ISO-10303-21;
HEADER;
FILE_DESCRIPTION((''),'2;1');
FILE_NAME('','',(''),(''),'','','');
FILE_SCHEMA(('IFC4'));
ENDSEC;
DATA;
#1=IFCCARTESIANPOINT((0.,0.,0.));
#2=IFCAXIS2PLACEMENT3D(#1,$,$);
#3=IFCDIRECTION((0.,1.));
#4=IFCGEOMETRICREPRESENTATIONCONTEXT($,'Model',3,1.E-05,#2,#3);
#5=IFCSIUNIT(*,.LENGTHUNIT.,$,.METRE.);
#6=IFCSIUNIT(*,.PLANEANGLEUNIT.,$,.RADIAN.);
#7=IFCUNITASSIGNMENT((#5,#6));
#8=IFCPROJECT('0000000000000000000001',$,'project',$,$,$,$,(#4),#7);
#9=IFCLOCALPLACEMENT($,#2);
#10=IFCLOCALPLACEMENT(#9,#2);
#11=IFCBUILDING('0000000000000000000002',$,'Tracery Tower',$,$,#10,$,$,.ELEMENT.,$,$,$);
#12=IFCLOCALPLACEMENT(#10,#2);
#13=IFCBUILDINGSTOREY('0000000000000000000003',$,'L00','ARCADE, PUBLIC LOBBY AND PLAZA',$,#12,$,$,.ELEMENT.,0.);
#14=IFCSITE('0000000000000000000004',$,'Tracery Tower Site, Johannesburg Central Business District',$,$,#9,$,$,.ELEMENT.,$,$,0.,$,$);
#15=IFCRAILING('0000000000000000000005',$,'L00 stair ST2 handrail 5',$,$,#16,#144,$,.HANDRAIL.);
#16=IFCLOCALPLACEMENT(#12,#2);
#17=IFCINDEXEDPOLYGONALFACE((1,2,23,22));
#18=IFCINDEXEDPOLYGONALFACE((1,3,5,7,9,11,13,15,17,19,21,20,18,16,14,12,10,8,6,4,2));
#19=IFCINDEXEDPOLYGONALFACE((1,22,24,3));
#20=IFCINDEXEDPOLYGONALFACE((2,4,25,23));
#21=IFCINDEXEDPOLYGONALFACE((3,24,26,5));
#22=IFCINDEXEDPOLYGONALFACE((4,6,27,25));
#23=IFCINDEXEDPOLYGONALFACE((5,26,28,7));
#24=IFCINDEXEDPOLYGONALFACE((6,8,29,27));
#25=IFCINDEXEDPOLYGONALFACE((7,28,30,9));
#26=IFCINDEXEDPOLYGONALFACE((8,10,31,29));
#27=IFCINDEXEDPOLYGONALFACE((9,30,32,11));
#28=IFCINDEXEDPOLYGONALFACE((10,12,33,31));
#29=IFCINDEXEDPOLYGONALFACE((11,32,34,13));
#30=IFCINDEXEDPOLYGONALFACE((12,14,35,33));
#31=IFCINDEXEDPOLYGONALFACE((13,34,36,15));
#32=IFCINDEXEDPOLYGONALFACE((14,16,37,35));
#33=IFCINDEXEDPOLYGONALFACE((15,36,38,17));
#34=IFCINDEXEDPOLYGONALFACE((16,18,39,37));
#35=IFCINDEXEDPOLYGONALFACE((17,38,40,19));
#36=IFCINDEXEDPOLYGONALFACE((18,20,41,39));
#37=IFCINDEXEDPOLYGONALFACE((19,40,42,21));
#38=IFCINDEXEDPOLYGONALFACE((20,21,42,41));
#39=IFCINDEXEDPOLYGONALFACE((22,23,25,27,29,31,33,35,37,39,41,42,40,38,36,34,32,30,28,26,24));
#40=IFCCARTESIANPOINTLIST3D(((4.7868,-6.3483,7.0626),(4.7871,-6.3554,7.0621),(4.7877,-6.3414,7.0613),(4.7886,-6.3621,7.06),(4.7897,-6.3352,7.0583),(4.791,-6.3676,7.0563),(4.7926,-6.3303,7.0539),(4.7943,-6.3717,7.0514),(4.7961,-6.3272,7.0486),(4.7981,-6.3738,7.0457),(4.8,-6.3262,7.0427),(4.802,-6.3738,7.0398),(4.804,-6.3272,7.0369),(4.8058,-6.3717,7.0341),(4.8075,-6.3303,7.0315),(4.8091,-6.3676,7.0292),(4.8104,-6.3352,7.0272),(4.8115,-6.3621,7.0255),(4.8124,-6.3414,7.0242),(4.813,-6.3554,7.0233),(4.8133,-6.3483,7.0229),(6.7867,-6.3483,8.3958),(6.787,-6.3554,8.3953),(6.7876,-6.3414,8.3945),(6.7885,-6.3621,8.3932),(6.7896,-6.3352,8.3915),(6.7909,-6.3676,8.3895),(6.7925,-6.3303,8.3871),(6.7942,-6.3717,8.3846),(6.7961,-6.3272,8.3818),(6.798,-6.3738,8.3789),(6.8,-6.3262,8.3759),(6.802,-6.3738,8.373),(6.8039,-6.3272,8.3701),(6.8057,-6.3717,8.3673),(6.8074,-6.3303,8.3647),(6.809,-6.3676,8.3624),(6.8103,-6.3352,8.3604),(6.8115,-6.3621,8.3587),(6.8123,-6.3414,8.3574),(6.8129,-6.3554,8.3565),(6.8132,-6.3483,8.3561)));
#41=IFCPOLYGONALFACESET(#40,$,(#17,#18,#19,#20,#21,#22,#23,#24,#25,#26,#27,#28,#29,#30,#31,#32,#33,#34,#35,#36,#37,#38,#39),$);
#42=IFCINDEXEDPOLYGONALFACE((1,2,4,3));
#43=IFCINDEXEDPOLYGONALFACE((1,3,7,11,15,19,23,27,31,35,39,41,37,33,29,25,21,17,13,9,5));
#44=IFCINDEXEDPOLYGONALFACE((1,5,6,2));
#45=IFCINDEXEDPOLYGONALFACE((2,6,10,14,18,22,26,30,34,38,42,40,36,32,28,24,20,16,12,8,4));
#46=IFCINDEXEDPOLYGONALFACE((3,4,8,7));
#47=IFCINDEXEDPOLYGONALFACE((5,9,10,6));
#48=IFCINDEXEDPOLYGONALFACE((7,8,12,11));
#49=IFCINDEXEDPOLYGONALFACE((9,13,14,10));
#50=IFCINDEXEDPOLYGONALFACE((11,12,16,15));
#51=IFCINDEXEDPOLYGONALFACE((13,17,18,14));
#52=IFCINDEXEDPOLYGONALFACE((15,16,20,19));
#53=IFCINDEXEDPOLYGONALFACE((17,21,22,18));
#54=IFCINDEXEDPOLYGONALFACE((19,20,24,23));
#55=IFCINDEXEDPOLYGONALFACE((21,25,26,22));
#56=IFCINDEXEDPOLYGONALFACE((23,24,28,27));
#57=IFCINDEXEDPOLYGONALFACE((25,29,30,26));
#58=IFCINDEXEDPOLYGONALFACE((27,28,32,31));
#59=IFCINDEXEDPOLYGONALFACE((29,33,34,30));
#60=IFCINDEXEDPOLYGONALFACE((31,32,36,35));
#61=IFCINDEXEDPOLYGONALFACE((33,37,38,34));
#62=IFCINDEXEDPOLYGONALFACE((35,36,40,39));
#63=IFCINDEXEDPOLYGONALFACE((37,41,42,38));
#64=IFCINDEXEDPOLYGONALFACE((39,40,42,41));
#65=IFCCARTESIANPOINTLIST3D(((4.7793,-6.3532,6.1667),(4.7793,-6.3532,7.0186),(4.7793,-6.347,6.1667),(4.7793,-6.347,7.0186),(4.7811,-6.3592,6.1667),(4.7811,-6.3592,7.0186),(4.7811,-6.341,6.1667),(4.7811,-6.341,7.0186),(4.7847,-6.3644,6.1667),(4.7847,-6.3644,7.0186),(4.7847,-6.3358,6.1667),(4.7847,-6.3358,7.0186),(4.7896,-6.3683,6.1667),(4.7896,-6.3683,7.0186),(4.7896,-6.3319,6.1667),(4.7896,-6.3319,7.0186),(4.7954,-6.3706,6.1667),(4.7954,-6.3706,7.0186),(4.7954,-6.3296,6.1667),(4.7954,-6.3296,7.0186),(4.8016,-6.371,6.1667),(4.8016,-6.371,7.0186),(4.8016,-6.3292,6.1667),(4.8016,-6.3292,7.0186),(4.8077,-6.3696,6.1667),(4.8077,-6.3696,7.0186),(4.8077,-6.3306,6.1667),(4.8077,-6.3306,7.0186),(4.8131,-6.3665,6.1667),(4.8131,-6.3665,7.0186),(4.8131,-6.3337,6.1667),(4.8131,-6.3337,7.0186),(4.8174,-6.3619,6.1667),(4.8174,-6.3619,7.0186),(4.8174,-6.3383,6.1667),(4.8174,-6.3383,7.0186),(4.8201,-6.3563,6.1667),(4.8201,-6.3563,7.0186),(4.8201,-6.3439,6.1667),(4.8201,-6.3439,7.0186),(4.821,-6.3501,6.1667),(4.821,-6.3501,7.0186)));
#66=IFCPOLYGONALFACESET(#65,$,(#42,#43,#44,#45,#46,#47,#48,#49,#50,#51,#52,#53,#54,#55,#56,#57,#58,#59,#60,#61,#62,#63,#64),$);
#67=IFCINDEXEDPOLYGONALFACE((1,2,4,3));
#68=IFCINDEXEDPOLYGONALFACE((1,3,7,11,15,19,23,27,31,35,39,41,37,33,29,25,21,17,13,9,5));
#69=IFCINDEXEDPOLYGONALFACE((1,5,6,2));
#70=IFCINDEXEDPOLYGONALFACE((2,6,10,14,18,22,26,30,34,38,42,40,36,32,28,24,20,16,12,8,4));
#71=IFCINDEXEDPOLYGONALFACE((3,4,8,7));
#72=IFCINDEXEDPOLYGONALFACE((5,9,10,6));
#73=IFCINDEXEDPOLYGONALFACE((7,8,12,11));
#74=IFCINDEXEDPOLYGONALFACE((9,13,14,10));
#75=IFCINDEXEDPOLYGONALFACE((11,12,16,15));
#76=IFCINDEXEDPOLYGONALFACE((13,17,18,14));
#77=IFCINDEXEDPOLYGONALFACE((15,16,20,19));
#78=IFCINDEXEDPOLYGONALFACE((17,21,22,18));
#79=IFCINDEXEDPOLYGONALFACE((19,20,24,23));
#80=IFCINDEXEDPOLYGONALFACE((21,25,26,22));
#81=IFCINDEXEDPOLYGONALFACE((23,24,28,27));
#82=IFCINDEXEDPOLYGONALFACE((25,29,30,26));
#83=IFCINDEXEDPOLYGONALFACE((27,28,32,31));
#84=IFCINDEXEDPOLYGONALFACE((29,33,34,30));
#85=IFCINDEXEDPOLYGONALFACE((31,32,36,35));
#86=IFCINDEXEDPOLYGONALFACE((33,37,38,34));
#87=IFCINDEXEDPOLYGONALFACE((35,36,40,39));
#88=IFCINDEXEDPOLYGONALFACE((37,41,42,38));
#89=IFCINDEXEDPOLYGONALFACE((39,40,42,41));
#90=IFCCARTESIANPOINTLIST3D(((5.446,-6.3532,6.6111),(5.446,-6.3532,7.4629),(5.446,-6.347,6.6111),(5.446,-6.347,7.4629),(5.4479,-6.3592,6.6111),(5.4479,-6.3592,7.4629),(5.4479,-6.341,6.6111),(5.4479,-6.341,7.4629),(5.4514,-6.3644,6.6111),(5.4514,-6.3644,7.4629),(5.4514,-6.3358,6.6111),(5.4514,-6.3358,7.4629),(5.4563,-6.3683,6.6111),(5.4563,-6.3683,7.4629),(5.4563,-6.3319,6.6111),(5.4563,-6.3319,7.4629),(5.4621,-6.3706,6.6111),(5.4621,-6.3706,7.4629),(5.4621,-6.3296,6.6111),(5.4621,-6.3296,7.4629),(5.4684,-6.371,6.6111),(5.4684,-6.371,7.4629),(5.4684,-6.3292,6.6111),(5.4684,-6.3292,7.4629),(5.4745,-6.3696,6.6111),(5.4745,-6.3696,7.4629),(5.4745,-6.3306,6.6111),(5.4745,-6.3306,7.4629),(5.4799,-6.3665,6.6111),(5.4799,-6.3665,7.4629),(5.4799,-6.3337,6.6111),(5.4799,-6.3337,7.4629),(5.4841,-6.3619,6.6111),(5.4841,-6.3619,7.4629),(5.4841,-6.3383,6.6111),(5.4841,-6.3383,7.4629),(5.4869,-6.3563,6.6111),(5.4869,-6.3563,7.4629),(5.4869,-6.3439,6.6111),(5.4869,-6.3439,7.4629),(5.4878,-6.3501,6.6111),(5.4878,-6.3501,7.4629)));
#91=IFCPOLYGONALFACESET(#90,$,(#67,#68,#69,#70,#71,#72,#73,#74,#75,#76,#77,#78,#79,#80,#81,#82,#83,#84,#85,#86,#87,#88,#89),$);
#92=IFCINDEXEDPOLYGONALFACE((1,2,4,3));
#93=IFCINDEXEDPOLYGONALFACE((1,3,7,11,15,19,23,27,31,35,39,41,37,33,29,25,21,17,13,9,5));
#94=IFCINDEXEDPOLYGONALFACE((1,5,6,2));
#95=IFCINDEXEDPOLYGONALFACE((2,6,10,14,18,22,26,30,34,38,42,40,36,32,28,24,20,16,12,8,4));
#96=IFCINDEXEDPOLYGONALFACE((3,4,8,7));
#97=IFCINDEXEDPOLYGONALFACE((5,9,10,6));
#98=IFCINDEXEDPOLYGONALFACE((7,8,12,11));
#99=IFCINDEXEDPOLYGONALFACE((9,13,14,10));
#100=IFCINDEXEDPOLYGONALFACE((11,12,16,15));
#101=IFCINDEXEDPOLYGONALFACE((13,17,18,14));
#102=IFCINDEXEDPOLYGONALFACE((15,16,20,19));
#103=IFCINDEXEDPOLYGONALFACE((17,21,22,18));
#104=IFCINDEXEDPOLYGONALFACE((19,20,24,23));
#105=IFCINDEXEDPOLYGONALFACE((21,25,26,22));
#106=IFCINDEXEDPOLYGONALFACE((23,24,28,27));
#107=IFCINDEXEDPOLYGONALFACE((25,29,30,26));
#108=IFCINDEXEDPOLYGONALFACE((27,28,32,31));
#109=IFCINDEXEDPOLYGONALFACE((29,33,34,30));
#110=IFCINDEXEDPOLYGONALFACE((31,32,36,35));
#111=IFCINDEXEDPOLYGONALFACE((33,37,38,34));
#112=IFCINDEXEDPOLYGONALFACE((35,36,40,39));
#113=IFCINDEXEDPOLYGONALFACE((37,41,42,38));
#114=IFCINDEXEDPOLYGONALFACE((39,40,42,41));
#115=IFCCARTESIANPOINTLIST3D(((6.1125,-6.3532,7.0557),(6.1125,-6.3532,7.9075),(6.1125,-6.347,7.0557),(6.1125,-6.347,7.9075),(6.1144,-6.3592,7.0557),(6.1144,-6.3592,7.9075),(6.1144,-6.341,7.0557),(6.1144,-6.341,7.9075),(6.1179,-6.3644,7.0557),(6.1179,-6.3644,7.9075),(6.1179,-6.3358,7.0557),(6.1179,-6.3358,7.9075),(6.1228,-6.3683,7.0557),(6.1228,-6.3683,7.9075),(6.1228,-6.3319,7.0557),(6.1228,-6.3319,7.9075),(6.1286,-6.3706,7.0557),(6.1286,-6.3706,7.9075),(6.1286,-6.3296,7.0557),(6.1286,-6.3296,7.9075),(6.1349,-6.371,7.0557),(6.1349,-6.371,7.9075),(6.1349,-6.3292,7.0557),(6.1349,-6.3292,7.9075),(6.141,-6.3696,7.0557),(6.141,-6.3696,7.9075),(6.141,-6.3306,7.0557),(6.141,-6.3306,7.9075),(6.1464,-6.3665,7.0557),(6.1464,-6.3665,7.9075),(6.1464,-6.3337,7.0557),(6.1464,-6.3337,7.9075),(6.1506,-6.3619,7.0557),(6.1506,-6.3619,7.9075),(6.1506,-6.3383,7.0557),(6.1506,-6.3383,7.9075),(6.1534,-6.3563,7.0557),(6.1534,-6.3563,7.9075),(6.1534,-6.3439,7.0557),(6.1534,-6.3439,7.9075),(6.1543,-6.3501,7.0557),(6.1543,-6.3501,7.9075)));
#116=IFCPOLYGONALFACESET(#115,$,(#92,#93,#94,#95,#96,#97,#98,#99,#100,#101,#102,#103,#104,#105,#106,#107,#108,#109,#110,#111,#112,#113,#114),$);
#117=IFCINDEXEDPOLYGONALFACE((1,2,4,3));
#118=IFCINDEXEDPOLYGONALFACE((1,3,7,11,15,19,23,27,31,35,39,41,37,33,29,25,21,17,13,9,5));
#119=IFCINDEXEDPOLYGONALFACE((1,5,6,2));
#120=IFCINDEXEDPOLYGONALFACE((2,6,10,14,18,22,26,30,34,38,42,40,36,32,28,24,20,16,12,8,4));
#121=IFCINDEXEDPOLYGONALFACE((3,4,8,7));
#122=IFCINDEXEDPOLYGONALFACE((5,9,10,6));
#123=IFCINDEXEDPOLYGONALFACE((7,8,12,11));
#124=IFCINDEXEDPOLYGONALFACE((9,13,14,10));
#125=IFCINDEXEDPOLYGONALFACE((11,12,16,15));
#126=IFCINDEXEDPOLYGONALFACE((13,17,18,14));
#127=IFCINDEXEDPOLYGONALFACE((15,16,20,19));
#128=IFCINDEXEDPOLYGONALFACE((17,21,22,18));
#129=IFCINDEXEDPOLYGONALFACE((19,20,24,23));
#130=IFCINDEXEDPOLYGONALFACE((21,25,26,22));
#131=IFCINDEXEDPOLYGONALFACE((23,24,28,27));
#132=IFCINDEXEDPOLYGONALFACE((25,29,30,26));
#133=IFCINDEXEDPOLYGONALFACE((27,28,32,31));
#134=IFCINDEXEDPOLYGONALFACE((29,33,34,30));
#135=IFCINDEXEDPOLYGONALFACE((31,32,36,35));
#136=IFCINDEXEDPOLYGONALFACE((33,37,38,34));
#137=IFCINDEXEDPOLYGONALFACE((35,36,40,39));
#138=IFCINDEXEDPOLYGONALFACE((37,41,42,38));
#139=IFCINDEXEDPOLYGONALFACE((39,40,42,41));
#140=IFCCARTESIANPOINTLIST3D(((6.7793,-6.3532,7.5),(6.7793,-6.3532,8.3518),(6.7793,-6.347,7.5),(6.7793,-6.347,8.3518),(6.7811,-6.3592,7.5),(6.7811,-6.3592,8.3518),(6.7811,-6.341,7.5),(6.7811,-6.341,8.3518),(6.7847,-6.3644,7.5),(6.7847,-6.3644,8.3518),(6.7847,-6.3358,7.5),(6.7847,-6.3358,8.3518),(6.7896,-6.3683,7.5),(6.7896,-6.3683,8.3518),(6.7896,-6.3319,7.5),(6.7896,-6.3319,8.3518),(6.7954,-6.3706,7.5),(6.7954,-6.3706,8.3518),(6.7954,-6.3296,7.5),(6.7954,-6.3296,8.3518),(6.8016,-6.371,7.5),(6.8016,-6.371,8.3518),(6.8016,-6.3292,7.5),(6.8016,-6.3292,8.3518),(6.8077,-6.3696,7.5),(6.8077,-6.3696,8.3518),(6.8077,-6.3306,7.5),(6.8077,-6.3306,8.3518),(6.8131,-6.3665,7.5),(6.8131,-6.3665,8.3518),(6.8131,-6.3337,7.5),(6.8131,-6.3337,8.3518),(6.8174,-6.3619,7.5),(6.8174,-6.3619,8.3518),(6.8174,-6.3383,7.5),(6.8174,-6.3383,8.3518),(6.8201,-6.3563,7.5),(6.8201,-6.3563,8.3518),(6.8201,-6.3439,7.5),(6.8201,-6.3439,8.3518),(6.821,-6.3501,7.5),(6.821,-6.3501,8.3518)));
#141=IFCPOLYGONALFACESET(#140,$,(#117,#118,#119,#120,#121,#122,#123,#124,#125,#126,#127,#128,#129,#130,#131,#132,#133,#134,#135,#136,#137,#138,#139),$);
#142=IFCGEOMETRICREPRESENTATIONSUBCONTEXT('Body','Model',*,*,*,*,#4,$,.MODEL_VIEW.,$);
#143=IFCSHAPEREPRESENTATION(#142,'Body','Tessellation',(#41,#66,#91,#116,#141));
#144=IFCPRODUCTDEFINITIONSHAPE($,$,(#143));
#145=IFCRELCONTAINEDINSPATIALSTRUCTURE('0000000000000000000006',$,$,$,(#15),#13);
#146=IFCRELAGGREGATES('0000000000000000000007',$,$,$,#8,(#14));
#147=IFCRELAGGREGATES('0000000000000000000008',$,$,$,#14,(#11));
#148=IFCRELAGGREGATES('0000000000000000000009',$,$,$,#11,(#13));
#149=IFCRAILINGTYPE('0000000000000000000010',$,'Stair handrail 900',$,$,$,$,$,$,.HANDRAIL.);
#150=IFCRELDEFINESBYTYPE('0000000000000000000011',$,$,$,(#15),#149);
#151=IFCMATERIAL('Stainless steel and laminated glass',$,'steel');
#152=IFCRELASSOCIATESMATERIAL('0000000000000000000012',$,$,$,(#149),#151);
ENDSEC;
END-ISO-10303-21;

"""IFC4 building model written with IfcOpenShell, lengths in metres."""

from ifc_helpers import new_model, si_unit, direction, frame, origin, origin_2d, place, context, subcontext, project, spatial, circle, extrude, material, type_object, element, save


model = new_model("IFC4")

# Units and contexts
model_context = context("Model", 3, precision=1e-05, world=origin(), true_north=direction((0.0, 1.0)))
body_context = subcontext(model_context, "Body", "Model", "MODEL_VIEW")
ifc_project = project(units=[si_unit("LENGTHUNIT", "METRE"), si_unit("PLANEANGLEUNIT", "RADIAN")], contexts=[model_context])

# Site, building, storey
site_placement = place(None, origin())
site = spatial("IfcSite", under=ifc_project, at=site_placement, Name="Tracery Tower Site, Johannesburg Central Business District", CompositionType="ELEMENT", RefElevation=0.0)
building_placement = place(site_placement, origin())
building = spatial("IfcBuilding", under=site, at=building_placement, Name="Tracery Tower", CompositionType="ELEMENT")
storey_placement = place(building_placement, origin())
storey = spatial("IfcBuildingStorey", under=building, at=storey_placement, Name="L00", Description="ARCADE, PUBLIC LOBBY AND PLAZA", CompositionType="ELEMENT", Elevation=0.0)

# Railing
ifc_material_1 = material(Name="Stainless steel and laminated glass", Category="steel")
railing_type_1 = type_object("IfcRailingType", Name="Stair handrail 900", PredefinedType="HANDRAIL", material=ifc_material_1)
railing_1_placement = place(storey_placement, frame((4.8, -6.3501, 6.1667)))
element("IfcRailing", 1, at=railing_1_placement, inside=storey, type_object=railing_type_1, Name="L00 stair ST2 handrail 5", PredefinedType="HANDRAIL", context=body_context, shape_type="SweptSolid", body=[
    extrude(circle(Radius=0.0239, at=origin_2d()), frame((0.0, 0.0, 0.876), z_axis=(0.832066, 0.0, 0.554677), x_axis=(0.0, 1.0, 0.0)), (0.0, 0.0, 1.0), 2.4036),
    extrude(circle(Radius=0.021, at=origin_2d()), origin(), (0.0, 0.0, 1.0), 0.8518),
    extrude(circle(Radius=0.021, at=origin_2d()), frame((0.6667, 0.0, 0.4443)), (0.0, 0.0, 1.0), 0.8518),
    extrude(circle(Radius=0.021, at=origin_2d()), frame((1.3333, 0.0, 0.8889)), (0.0, 0.0, 1.0), 0.8518),
    extrude(circle(Radius=0.021, at=origin_2d()), frame((2.0, 0.0, 1.3333)), (0.0, 0.0, 1.0), 0.8518),
])

save(model, "model.ifc")
